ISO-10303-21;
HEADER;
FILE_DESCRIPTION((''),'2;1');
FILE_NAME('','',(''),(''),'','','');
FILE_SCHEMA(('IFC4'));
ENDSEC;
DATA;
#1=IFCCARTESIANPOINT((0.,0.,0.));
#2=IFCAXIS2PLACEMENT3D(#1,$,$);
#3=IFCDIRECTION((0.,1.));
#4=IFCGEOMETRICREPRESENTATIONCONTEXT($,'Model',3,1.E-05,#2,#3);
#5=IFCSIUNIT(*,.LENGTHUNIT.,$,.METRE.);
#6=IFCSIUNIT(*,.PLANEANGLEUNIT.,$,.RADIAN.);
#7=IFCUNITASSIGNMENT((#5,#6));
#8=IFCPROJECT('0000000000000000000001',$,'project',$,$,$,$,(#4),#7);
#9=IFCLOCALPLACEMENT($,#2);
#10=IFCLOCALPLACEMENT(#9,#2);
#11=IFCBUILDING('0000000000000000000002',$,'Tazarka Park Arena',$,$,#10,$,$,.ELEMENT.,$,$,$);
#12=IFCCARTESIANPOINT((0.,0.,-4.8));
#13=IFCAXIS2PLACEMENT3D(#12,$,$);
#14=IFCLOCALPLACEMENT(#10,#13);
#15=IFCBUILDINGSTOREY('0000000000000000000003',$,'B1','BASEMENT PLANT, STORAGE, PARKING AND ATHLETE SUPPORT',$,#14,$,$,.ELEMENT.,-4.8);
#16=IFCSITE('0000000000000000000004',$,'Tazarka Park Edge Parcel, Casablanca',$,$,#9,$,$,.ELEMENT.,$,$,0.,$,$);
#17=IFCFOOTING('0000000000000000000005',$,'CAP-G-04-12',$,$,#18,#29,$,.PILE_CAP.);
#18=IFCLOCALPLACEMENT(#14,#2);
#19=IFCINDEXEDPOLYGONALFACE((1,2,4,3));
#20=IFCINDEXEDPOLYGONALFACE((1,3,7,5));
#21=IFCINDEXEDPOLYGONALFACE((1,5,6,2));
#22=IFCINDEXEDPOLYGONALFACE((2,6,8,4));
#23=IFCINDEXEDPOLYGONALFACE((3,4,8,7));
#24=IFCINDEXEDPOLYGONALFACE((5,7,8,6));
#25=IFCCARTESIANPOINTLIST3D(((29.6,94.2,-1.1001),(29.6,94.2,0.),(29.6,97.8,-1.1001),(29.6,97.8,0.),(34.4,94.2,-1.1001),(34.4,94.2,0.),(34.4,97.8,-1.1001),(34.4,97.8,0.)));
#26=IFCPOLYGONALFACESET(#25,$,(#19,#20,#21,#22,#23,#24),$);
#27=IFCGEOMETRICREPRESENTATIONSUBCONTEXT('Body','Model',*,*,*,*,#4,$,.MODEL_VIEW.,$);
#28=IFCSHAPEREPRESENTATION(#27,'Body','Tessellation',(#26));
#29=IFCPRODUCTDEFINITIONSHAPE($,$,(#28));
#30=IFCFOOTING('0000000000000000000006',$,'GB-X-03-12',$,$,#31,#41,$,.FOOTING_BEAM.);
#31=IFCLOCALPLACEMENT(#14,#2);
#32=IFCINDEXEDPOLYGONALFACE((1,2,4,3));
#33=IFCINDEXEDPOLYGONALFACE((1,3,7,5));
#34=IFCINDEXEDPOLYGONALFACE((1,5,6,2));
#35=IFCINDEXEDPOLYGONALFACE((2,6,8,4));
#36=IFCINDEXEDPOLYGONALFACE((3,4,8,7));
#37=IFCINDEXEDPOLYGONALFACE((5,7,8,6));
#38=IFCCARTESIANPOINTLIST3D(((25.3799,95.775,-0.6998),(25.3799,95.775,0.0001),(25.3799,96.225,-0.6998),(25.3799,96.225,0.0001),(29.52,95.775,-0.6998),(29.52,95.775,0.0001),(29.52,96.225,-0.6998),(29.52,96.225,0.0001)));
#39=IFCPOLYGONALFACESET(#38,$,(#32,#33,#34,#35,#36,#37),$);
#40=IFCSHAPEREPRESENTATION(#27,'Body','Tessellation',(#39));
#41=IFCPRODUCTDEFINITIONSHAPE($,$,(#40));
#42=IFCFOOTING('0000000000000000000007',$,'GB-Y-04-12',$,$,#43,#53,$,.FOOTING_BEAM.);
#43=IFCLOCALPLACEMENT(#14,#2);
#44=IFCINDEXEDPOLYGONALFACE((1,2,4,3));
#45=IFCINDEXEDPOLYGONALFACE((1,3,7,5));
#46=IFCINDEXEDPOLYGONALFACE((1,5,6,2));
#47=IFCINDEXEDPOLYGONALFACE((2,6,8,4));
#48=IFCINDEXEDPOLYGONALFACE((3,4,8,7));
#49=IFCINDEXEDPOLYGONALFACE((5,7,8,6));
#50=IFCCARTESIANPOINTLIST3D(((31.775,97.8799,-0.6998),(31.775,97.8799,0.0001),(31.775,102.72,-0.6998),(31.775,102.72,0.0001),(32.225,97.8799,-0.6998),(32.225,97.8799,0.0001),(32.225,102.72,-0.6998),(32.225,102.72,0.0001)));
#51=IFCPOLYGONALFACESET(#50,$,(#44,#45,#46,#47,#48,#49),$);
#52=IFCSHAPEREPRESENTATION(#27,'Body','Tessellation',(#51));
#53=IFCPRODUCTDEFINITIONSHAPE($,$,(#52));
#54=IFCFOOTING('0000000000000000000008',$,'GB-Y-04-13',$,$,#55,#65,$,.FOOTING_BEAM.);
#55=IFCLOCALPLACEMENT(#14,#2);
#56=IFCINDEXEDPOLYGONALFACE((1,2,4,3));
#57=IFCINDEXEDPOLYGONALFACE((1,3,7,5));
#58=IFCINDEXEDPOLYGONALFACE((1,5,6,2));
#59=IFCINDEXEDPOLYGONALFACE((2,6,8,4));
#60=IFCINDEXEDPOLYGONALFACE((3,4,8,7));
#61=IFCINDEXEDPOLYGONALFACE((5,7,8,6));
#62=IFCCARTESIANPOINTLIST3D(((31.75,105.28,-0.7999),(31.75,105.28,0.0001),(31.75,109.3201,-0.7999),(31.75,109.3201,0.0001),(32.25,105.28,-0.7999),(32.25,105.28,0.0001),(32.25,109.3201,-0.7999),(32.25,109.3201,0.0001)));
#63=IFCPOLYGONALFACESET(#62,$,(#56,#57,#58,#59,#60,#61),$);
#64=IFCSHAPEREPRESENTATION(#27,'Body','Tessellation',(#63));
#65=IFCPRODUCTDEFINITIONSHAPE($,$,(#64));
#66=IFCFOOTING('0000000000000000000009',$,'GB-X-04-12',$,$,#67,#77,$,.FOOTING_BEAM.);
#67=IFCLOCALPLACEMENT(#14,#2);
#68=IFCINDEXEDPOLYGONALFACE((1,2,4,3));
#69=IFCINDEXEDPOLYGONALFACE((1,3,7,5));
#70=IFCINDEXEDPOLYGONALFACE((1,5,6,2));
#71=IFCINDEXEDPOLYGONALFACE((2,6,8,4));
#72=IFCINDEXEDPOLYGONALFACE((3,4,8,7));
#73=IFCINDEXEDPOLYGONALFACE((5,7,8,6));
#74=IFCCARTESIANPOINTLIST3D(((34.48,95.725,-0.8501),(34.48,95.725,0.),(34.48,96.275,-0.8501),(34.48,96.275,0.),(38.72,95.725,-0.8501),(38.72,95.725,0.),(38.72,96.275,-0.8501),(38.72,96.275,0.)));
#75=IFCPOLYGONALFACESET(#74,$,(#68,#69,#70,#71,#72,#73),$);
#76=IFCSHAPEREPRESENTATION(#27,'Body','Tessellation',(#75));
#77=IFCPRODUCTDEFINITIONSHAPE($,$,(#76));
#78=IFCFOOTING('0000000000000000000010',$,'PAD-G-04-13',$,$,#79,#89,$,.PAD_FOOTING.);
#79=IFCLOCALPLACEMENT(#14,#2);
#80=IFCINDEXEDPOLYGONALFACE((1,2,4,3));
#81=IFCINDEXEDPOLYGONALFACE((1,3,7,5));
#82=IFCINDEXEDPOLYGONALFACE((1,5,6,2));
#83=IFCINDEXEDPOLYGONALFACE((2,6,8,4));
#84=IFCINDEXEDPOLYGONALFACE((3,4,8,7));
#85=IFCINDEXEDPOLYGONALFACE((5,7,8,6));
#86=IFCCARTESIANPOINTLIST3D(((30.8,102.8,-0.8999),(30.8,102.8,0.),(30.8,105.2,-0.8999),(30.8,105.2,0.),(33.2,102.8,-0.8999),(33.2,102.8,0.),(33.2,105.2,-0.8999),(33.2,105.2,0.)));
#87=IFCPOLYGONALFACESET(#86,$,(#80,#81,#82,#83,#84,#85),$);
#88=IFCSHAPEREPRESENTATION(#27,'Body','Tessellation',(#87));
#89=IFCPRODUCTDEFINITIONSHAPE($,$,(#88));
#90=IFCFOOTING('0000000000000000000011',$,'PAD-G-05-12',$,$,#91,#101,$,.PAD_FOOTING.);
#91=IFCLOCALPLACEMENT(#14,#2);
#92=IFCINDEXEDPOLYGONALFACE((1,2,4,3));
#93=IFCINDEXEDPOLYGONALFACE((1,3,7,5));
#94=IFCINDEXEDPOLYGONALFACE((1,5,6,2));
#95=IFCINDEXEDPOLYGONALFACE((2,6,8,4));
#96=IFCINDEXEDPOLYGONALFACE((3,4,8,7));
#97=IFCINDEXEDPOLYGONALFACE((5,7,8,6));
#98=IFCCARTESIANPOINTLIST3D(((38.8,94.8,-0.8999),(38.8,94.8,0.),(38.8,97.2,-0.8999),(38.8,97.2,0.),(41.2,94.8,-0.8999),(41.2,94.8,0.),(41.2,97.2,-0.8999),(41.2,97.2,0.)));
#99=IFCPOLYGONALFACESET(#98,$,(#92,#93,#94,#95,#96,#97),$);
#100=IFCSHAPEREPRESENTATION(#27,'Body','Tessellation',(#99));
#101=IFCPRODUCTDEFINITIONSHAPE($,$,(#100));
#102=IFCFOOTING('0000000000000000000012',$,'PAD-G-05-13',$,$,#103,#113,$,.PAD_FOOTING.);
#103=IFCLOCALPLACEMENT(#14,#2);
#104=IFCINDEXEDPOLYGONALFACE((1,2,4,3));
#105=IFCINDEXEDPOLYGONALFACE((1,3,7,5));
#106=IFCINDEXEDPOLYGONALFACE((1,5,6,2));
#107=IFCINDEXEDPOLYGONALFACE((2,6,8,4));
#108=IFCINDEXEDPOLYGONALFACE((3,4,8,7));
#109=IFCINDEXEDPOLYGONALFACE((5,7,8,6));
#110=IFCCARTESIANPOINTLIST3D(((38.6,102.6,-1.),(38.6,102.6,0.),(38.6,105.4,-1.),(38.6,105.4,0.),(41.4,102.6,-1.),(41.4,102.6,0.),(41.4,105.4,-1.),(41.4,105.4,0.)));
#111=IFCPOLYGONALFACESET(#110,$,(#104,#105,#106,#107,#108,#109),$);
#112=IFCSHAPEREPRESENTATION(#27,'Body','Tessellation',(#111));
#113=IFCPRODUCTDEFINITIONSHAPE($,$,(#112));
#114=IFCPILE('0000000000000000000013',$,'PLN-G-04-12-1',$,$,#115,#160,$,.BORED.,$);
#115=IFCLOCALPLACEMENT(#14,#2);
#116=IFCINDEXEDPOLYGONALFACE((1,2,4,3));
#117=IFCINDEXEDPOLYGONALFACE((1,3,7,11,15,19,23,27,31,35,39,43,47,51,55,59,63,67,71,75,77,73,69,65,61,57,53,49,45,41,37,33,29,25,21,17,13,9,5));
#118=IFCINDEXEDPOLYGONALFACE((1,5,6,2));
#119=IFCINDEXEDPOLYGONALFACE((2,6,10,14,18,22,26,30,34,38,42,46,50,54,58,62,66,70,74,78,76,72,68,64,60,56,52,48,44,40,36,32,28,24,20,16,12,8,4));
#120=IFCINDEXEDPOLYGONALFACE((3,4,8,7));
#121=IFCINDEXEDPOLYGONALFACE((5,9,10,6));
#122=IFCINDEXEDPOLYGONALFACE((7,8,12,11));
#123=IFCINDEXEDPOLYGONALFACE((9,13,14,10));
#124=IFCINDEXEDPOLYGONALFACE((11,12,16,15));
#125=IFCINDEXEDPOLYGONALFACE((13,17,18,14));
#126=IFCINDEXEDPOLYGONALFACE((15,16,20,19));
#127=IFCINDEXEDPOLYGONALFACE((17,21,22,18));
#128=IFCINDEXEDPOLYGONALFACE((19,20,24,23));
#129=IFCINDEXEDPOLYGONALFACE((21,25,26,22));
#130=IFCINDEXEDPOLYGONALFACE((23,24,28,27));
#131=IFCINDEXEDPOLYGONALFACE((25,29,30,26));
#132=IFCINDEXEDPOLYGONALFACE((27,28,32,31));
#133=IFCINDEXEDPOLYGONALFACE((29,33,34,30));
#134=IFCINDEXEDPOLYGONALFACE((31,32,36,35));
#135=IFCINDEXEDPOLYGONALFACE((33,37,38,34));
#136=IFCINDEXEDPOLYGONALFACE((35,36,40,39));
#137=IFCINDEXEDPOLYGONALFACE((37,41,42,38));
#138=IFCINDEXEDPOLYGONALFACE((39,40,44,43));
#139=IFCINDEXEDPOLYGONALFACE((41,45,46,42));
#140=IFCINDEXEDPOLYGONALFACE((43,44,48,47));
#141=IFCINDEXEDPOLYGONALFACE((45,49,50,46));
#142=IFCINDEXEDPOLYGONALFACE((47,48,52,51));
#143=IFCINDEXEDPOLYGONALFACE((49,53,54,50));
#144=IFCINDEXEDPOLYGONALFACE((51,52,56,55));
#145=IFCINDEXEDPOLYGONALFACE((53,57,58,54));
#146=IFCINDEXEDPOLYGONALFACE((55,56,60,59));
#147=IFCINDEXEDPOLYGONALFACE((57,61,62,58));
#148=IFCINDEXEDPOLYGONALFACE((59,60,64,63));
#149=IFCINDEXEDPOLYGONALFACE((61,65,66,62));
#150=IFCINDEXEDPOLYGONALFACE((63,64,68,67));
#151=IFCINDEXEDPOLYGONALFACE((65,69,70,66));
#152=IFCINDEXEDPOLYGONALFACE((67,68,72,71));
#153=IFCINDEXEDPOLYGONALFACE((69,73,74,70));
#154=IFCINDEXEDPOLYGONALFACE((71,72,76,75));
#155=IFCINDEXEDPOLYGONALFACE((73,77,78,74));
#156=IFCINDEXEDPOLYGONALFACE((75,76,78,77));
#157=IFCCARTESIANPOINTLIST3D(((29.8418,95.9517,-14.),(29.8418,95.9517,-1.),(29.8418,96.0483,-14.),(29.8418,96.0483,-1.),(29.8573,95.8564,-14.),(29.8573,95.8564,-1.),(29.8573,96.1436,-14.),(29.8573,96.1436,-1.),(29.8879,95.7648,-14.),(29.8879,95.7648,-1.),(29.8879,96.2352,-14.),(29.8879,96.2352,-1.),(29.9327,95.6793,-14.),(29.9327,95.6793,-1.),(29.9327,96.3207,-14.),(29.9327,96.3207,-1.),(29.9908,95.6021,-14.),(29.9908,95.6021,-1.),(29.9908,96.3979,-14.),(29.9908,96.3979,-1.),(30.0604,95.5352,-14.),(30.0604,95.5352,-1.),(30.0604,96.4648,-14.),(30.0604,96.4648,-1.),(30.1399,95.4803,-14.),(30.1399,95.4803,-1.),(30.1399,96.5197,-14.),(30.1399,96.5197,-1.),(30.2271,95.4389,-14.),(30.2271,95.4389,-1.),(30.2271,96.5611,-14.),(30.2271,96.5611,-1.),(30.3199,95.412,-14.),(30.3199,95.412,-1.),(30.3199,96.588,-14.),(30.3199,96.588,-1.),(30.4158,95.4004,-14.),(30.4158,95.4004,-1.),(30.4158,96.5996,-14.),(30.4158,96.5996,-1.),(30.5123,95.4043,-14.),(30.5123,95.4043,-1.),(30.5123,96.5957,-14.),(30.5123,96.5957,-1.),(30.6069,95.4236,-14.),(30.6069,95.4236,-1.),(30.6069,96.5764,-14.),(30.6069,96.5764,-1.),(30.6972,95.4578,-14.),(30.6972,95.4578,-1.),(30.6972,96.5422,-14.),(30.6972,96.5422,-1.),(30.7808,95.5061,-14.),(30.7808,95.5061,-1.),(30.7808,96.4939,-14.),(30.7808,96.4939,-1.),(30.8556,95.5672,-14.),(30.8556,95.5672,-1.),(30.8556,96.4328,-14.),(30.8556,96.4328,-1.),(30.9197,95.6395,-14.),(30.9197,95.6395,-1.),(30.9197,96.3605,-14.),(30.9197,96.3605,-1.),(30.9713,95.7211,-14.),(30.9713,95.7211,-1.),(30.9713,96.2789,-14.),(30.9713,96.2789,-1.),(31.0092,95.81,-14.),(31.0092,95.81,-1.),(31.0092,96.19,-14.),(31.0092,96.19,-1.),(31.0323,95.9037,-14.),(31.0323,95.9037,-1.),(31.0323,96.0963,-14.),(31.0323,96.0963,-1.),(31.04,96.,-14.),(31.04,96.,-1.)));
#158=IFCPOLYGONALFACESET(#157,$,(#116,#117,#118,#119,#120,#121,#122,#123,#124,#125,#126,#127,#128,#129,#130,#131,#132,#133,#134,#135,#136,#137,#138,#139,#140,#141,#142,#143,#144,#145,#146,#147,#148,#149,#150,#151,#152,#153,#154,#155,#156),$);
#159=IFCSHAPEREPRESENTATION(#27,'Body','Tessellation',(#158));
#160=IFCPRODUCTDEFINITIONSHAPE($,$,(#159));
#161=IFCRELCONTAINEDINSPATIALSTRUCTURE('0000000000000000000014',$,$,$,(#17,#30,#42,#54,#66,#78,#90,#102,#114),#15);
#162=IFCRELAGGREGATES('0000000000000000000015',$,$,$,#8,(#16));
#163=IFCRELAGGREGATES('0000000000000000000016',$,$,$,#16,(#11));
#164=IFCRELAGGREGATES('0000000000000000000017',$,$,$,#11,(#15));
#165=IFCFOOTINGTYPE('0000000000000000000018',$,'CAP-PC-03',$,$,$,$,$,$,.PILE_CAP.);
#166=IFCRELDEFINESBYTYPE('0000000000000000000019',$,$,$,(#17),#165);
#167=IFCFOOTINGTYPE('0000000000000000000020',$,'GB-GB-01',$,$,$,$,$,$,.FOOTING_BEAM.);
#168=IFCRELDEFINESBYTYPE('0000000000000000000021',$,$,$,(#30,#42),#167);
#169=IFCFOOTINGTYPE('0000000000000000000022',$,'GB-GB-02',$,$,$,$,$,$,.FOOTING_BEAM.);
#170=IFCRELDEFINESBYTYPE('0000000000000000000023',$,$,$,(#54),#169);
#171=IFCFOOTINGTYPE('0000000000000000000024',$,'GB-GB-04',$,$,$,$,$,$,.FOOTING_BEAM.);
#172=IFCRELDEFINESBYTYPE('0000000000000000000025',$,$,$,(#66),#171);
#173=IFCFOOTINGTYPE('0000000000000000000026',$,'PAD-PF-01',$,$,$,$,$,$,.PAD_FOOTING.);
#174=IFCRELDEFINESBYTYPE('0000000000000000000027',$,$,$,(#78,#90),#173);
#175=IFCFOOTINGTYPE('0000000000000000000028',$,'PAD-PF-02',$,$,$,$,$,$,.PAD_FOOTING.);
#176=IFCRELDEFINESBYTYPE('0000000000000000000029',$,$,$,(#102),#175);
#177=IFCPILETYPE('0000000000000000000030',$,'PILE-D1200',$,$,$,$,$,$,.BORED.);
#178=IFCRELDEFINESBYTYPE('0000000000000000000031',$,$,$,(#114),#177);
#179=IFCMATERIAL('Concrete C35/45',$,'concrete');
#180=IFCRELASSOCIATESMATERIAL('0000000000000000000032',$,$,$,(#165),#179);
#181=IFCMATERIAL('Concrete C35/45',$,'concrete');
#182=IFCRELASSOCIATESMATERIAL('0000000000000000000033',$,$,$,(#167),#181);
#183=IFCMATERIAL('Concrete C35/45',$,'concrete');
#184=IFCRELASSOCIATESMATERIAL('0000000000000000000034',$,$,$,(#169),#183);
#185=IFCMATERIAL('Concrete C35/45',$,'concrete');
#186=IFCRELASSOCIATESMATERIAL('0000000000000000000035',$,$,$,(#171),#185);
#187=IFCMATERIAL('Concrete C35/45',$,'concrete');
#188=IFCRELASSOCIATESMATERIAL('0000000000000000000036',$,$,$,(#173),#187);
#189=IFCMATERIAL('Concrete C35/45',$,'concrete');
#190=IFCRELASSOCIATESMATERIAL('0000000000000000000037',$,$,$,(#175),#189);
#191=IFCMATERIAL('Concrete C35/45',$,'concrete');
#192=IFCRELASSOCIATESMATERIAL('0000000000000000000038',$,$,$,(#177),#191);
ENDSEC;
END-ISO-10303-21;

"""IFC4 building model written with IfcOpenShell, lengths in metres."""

from ifc_helpers import new_model, si_unit, direction, frame, origin, origin_2d, place, context, subcontext, project, spatial, rectangle, circle, extrude, material, material_profile, profile_set, type_object, element, save


model = new_model("IFC4")

# Units and contexts
model_context = context("Model", 3, precision=1e-05, world=origin(), true_north=direction((0.0, 1.0)))
body_context = subcontext(model_context, "Body", "Model", "MODEL_VIEW")
ifc_project = project(units=[si_unit("LENGTHUNIT", "METRE"), si_unit("PLANEANGLEUNIT", "RADIAN")], contexts=[model_context])

# Site, building, storey
site_placement = place(None, origin())
site = spatial("IfcSite", under=ifc_project, at=site_placement, Name="Tazarka Park Edge Parcel, Casablanca", CompositionType="ELEMENT", RefElevation=0.0)
building_placement = place(site_placement, origin())
building = spatial("IfcBuilding", under=site, at=building_placement, Name="Tazarka Park Arena", CompositionType="ELEMENT")
storey_placement = place(building_placement, frame((0.0, 0.0, -4.8)))
storey = spatial("IfcBuildingStorey", under=building, at=storey_placement, Name="B1", Description="BASEMENT PLANT, STORAGE, PARKING AND ATHLETE SUPPORT", CompositionType="ELEMENT", Elevation=-4.8)

# Footings
ifc_material_1 = material(Name="Concrete C35/45", Category="concrete")
footing_type_1 = type_object("IfcFootingType", Name="CAP-PC-03", PredefinedType="PILE_CAP", material=ifc_material_1)
footing_1_placement = place(storey_placement, frame((32.0, 96.0, -1.1001), z_axis=(0.0, 0.0, 1.0), x_axis=(1.0, 0.0, 0.0)))
element("IfcFooting", 1, at=footing_1_placement, inside=storey, type_object=footing_type_1, Name="CAP-G-04-12", PredefinedType="PILE_CAP", context=body_context, shape_type="SweptSolid", body=[
    extrude(rectangle(XDim=4.8, YDim=3.6001, at=origin_2d()), origin(), (0.0, 0.0, 1.0), 1.1001),
])
ifc_material_2 = material(Name="Concrete C35/45", Category="concrete")
ifc_material_profile_1 = material_profile(ifc_material_2, rectangle(XDim=0.45, YDim=0.7, at=origin_2d()), Name="Concrete C35/45")
ifc_profile_set_1 = profile_set([ifc_material_profile_1], Name="Concrete C35/45")
footing_type_2 = type_object("IfcFootingType", Name="GB-GB-01", PredefinedType="FOOTING_BEAM", material=ifc_profile_set_1)
footing_2_placement = place(storey_placement, frame((25.3799, 96.0, -0.3499), z_axis=(1.0, 0.0, 0.0), x_axis=(0.0, 1.0, 0.0)))
element("IfcFooting", 2, at=footing_2_placement, inside=storey, type_object=footing_type_2, Name="GB-X-03-12", PredefinedType="FOOTING_BEAM", context=body_context, shape_type="SweptSolid", body=[
    extrude(rectangle(XDim=0.45, YDim=0.7, at=origin_2d()), origin(), (0.0, 0.0, 1.0), 4.1401),
])
footing_3_placement = place(storey_placement, frame((32.0, 97.8799, -0.3499), z_axis=(0.0, 1.0, 0.0), x_axis=(-1.0, 0.0, 0.0)))
element("IfcFooting", 3, at=footing_3_placement, inside=storey, type_object=footing_type_2, Name="GB-Y-04-12", PredefinedType="FOOTING_BEAM", context=body_context, shape_type="SweptSolid", body=[
    extrude(rectangle(XDim=0.45, YDim=0.7, at=origin_2d()), origin(), (0.0, 0.0, 1.0), 4.8401),
])
ifc_material_3 = material(Name="Concrete C35/45", Category="concrete")
ifc_material_profile_2 = material_profile(ifc_material_3, rectangle(XDim=0.5, YDim=0.8, at=origin_2d()), Name="Concrete C35/45")
ifc_profile_set_2 = profile_set([ifc_material_profile_2], Name="Concrete C35/45")
footing_type_3 = type_object("IfcFootingType", Name="GB-GB-02", PredefinedType="FOOTING_BEAM", material=ifc_profile_set_2)
footing_4_placement = place(storey_placement, frame((32.0, 105.28, -0.3999), z_axis=(0.0, 1.0, 0.0), x_axis=(-1.0, 0.0, 0.0)))
element("IfcFooting", 4, at=footing_4_placement, inside=storey, type_object=footing_type_3, Name="GB-Y-04-13", PredefinedType="FOOTING_BEAM", context=body_context, shape_type="SweptSolid", body=[
    extrude(rectangle(XDim=0.5, YDim=0.8, at=origin_2d()), origin(), (0.0, 0.0, 1.0), 4.04),
])
ifc_material_4 = material(Name="Concrete C35/45", Category="concrete")
ifc_material_profile_3 = material_profile(ifc_material_4, rectangle(XDim=0.55, YDim=0.8501, at=origin_2d()), Name="Concrete C35/45")
ifc_profile_set_3 = profile_set([ifc_material_profile_3], Name="Concrete C35/45")
footing_type_4 = type_object("IfcFootingType", Name="GB-GB-04", PredefinedType="FOOTING_BEAM", material=ifc_profile_set_3)
footing_5_placement = place(storey_placement, frame((34.48, 96.0, -0.425), z_axis=(1.0, 0.0, 0.0), x_axis=(0.0, 1.0, 0.0)))
element("IfcFooting", 5, at=footing_5_placement, inside=storey, type_object=footing_type_4, Name="GB-X-04-12", PredefinedType="FOOTING_BEAM", context=body_context, shape_type="SweptSolid", body=[
    extrude(rectangle(XDim=0.55, YDim=0.8501, at=origin_2d()), origin(), (0.0, 0.0, 1.0), 4.24),
])
ifc_material_5 = material(Name="Concrete C35/45", Category="concrete")
footing_type_5 = type_object("IfcFootingType", Name="PAD-PF-01", PredefinedType="PAD_FOOTING", material=ifc_material_5)
for number, where, z_axis, x_axis, name in (
    (6, (32.0, 104.0, -0.8999), (0.0, 0.0, 1.0), (1.0, 0.0, 0.0), "PAD-G-04-13"),
    (7, (40.0, 96.0, -0.8999), (0.0, 0.0, 1.0), (1.0, 0.0, 0.0), "PAD-G-05-12"),
):
    element("IfcFooting", number, at=place(storey_placement, frame(where, z_axis=z_axis, x_axis=x_axis)), inside=storey, type_object=footing_type_5, Name=name, PredefinedType="PAD_FOOTING", context=body_context, shape_type="SweptSolid", body=[
        extrude(rectangle(XDim=2.3999, YDim=2.3999, at=origin_2d()), origin(), (0.0, 0.0, 1.0), 0.8999),
    ])
ifc_material_6 = material(Name="Concrete C35/45", Category="concrete")
footing_type_6 = type_object("IfcFootingType", Name="PAD-PF-02", PredefinedType="PAD_FOOTING", material=ifc_material_6)
footing_6_placement = place(storey_placement, frame((40.0, 104.0, -1.0), z_axis=(0.0, 0.0, 1.0), x_axis=(1.0, 0.0, 0.0)))
element("IfcFooting", 8, at=footing_6_placement, inside=storey, type_object=footing_type_6, Name="PAD-G-05-13", PredefinedType="PAD_FOOTING", context=body_context, shape_type="SweptSolid", body=[
    extrude(rectangle(XDim=2.8, YDim=2.8, at=origin_2d()), origin(), (0.0, 0.0, 1.0), 1.0),
])

# Pile
ifc_material_7 = material(Name="Concrete C35/45", Category="concrete")
ifc_material_profile_4 = material_profile(ifc_material_7, circle(Radius=0.6001, at=origin_2d()), Name="Concrete C35/45")
ifc_profile_set_4 = profile_set([ifc_material_profile_4], Name="Concrete C35/45")
pile_type = type_object("IfcPileType", Name="PILE-D1200", PredefinedType="BORED", material=ifc_profile_set_4)
for number, where, z_axis, x_axis, name in (
    (9, (30.4399, 96.0, -1.0), (0.0, 0.0, -1.0), (1.0, 0.0, 0.0), "PLN-G-04-12-1"),
):
    element("IfcPile", number, at=place(storey_placement, frame(where, z_axis=z_axis, x_axis=x_axis)), inside=storey, type_object=pile_type, Name=name, PredefinedType="BORED", context=body_context, shape_type="SweptSolid", body=[
        extrude(circle(Radius=0.6001, at=origin_2d()), origin(), (0.0, 0.0, 1.0), 13.0),
    ])

save(model, "model.ifc")
